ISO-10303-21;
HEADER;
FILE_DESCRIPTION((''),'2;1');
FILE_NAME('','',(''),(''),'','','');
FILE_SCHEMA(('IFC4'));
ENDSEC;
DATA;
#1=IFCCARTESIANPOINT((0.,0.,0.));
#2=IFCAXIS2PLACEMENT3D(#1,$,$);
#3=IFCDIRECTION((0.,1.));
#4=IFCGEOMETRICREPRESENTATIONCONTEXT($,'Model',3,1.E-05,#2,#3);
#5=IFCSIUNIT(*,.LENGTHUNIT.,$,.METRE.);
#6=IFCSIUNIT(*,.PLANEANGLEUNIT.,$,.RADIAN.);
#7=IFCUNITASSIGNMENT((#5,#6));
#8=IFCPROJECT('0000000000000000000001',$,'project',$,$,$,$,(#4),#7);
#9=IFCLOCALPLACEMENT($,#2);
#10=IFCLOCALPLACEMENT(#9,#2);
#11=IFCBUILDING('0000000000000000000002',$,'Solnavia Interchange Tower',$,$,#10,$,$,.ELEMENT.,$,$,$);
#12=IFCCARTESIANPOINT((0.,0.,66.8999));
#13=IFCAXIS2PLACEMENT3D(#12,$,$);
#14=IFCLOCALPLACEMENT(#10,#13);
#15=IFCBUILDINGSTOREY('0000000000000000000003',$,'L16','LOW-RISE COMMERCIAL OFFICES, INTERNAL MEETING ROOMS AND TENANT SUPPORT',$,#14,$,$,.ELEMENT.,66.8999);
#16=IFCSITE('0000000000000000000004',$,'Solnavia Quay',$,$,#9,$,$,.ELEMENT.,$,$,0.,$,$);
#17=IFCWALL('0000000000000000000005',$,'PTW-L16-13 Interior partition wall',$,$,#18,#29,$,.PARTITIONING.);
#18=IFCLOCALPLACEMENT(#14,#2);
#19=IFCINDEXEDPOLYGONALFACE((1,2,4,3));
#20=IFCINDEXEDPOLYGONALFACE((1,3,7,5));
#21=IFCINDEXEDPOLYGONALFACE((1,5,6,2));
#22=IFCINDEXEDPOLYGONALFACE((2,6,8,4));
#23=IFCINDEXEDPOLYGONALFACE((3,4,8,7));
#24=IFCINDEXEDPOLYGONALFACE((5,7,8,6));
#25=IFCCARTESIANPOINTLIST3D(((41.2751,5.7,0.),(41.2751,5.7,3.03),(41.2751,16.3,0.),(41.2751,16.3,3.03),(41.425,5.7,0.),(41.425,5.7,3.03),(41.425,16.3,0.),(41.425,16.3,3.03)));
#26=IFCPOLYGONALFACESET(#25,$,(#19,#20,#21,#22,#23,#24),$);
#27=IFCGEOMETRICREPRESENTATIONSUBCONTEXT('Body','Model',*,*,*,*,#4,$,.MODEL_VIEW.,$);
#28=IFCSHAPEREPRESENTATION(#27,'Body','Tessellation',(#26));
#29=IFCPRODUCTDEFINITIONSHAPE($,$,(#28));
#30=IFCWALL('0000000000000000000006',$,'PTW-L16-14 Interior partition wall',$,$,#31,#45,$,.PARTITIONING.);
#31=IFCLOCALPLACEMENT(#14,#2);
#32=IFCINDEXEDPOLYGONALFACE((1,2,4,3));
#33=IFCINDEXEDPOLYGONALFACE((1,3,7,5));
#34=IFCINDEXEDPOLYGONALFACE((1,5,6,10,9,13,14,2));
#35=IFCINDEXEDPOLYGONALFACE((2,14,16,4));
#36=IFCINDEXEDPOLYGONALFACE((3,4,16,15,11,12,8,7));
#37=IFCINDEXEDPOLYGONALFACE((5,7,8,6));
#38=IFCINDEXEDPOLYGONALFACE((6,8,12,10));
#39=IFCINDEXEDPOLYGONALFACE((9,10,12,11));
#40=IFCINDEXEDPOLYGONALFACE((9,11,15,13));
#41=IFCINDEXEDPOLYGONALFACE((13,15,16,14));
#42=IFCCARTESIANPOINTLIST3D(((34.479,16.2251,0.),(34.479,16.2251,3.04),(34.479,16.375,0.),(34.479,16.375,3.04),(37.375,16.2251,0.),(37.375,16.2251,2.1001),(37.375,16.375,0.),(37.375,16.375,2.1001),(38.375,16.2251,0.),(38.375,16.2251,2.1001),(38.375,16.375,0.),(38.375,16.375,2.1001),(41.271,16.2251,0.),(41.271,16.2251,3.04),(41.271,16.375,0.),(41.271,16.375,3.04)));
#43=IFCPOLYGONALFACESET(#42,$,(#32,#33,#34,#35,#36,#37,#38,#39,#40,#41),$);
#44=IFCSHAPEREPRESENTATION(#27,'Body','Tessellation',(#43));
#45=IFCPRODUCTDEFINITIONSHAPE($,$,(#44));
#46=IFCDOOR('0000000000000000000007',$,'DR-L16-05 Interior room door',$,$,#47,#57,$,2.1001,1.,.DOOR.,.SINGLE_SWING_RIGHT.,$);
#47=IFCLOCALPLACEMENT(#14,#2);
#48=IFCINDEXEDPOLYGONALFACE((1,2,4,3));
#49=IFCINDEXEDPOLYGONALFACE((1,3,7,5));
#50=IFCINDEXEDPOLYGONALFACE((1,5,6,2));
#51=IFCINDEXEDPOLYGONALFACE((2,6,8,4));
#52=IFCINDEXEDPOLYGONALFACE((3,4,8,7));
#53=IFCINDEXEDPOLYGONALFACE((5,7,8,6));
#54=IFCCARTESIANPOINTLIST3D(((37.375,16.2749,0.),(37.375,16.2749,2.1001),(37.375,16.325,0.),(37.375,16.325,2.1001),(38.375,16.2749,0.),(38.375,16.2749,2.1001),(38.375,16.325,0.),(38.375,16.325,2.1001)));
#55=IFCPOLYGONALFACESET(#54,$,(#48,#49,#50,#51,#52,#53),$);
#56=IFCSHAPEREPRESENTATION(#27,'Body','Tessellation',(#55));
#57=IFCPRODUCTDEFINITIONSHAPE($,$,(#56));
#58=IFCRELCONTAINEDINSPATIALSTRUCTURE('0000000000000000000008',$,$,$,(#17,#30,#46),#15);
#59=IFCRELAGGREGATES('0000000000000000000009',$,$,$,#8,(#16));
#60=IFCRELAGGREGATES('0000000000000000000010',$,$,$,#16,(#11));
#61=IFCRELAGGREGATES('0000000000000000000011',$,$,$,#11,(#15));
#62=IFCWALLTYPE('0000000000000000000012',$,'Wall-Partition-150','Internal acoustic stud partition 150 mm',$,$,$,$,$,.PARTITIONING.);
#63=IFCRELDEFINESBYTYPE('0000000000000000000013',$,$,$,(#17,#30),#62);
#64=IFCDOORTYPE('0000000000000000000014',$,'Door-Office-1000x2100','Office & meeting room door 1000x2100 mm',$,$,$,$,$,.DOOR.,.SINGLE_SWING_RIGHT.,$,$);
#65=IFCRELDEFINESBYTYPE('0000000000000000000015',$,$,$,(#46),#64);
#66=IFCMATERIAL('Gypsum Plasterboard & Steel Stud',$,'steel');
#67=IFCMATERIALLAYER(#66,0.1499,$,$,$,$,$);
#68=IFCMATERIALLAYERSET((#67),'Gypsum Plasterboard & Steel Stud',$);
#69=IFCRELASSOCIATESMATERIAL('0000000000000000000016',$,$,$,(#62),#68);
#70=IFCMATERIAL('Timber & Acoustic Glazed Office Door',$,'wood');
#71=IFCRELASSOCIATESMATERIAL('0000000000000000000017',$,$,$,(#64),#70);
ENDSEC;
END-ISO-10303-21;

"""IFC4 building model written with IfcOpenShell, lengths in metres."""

from ifc_helpers import new_model, si_unit, direction, frame, frame_2d, origin, place, context, subcontext, project, spatial, rectangle, extrude, material, layer, layer_set, type_object, element, fill, save


model = new_model("IFC4")

# Units and contexts
model_context = context("Model", 3, precision=1e-05, world=origin(), true_north=direction((0.0, 1.0)))
body_context = subcontext(model_context, "Body", "Model", "MODEL_VIEW")
ifc_project = project(units=[si_unit("LENGTHUNIT", "METRE"), si_unit("PLANEANGLEUNIT", "RADIAN")], contexts=[model_context])

# Site, building, storey
site_placement = place(None, origin())
site = spatial("IfcSite", under=ifc_project, at=site_placement, Name="Solnavia Quay", CompositionType="ELEMENT", RefElevation=0.0)
building_placement = place(site_placement, origin())
building = spatial("IfcBuilding", under=site, at=building_placement, Name="Solnavia Interchange Tower", CompositionType="ELEMENT")
storey_placement = place(building_placement, frame((0.0, 0.0, 66.8999)))
storey = spatial("IfcBuildingStorey", under=building, at=storey_placement, Name="L16", Description="LOW-RISE COMMERCIAL OFFICES, INTERNAL MEETING ROOMS AND TENANT SUPPORT", CompositionType="ELEMENT", Elevation=66.8999)

# Wall
ifc_material_1 = material(Name="Gypsum Plasterboard & Steel Stud", Category="steel")
ifc_layer_1 = layer(ifc_material_1, 0.1499)
ifc_layer_set_1 = layer_set([ifc_layer_1], Name="Gypsum Plasterboard & Steel Stud")
wall_type_1 = type_object("IfcWallType", Name="Wall-Partition-150", Description="Internal acoustic stud partition 150 mm", PredefinedType="PARTITIONING", material=ifc_layer_set_1)
wall_1_placement = place(storey_placement, frame((41.3501, 5.7, 0.0), z_axis=(0.0, 0.0, 1.0), x_axis=(0.0, 1.0, 0.0)))
element("IfcWall", 1, at=wall_1_placement, inside=storey, type_object=wall_type_1, Name="PTW-L16-13 Interior partition wall", PredefinedType="PARTITIONING", context=body_context, shape_type="SweptSolid", body=[
    extrude(rectangle(XDim=10.6001, YDim=0.1499, at=frame_2d((5.3, 0.0))), origin(), (0.0, 0.0, 1.0), 3.03),
])

# Wall, opening, door
wall_2_placement = place(storey_placement, frame((34.479, 16.3, 0.0), z_axis=(0.0, 0.0, 1.0), x_axis=(1.0, 0.0, 0.0)))
wall_2 = element("IfcWall", 2, at=wall_2_placement, inside=storey, type_object=wall_type_1, Name="PTW-L16-14 Interior partition wall", PredefinedType="PARTITIONING", context=body_context, shape_type="SweptSolid", body=[
    extrude(rectangle(XDim=6.792, YDim=0.1499, at=frame_2d((3.396, 0.0))), origin(), (0.0, 0.0, 1.0), 3.04),
])
opening_1_placement = place(wall_2_placement, frame((2.896, 0.0, 0.0)))
opening_1 = element("IfcOpeningElement", 3, at=opening_1_placement, cuts=wall_2, PredefinedType="OPENING", context=body_context, shape_type="SweptSolid", body=[
    extrude(rectangle(XDim=1.0, YDim=2.1001, at=frame_2d((0.5, 1.05))), frame((0.0, 0.085, 0.0), z_axis=(0.0, -1.0, 0.0), x_axis=(1.0, 0.0, 0.0)), (0.0, 0.0, 1.0), 0.1699),
])
ifc_material_2 = material(Name="Timber & Acoustic Glazed Office Door", Category="wood")
door_type = type_object("IfcDoorType", Name="Door-Office-1000x2100", Description="Office & meeting room door 1000x2100 mm", OperationType="SINGLE_SWING_RIGHT", PredefinedType="DOOR", material=ifc_material_2)
door_placement = place(opening_1_placement, origin())
door = element("IfcDoor", 4, at=door_placement, inside=storey, type_object=door_type, Name="DR-L16-05 Interior room door", OperationType="SINGLE_SWING_RIGHT", OverallHeight=2.1001, OverallWidth=1.0, PredefinedType="DOOR", context=body_context, shape_type="SweptSolid", body=[
    extrude(rectangle(XDim=1.0, YDim=2.1001, at=frame_2d((0.5, 1.05))), frame((0.0, 0.0249, 0.0), z_axis=(0.0, -1.0, 0.0), x_axis=(1.0, 0.0, 0.0)), (0.0, 0.0, 1.0), 0.05),
])
fill(opening_1, door)

save(model, "model.ifc")
